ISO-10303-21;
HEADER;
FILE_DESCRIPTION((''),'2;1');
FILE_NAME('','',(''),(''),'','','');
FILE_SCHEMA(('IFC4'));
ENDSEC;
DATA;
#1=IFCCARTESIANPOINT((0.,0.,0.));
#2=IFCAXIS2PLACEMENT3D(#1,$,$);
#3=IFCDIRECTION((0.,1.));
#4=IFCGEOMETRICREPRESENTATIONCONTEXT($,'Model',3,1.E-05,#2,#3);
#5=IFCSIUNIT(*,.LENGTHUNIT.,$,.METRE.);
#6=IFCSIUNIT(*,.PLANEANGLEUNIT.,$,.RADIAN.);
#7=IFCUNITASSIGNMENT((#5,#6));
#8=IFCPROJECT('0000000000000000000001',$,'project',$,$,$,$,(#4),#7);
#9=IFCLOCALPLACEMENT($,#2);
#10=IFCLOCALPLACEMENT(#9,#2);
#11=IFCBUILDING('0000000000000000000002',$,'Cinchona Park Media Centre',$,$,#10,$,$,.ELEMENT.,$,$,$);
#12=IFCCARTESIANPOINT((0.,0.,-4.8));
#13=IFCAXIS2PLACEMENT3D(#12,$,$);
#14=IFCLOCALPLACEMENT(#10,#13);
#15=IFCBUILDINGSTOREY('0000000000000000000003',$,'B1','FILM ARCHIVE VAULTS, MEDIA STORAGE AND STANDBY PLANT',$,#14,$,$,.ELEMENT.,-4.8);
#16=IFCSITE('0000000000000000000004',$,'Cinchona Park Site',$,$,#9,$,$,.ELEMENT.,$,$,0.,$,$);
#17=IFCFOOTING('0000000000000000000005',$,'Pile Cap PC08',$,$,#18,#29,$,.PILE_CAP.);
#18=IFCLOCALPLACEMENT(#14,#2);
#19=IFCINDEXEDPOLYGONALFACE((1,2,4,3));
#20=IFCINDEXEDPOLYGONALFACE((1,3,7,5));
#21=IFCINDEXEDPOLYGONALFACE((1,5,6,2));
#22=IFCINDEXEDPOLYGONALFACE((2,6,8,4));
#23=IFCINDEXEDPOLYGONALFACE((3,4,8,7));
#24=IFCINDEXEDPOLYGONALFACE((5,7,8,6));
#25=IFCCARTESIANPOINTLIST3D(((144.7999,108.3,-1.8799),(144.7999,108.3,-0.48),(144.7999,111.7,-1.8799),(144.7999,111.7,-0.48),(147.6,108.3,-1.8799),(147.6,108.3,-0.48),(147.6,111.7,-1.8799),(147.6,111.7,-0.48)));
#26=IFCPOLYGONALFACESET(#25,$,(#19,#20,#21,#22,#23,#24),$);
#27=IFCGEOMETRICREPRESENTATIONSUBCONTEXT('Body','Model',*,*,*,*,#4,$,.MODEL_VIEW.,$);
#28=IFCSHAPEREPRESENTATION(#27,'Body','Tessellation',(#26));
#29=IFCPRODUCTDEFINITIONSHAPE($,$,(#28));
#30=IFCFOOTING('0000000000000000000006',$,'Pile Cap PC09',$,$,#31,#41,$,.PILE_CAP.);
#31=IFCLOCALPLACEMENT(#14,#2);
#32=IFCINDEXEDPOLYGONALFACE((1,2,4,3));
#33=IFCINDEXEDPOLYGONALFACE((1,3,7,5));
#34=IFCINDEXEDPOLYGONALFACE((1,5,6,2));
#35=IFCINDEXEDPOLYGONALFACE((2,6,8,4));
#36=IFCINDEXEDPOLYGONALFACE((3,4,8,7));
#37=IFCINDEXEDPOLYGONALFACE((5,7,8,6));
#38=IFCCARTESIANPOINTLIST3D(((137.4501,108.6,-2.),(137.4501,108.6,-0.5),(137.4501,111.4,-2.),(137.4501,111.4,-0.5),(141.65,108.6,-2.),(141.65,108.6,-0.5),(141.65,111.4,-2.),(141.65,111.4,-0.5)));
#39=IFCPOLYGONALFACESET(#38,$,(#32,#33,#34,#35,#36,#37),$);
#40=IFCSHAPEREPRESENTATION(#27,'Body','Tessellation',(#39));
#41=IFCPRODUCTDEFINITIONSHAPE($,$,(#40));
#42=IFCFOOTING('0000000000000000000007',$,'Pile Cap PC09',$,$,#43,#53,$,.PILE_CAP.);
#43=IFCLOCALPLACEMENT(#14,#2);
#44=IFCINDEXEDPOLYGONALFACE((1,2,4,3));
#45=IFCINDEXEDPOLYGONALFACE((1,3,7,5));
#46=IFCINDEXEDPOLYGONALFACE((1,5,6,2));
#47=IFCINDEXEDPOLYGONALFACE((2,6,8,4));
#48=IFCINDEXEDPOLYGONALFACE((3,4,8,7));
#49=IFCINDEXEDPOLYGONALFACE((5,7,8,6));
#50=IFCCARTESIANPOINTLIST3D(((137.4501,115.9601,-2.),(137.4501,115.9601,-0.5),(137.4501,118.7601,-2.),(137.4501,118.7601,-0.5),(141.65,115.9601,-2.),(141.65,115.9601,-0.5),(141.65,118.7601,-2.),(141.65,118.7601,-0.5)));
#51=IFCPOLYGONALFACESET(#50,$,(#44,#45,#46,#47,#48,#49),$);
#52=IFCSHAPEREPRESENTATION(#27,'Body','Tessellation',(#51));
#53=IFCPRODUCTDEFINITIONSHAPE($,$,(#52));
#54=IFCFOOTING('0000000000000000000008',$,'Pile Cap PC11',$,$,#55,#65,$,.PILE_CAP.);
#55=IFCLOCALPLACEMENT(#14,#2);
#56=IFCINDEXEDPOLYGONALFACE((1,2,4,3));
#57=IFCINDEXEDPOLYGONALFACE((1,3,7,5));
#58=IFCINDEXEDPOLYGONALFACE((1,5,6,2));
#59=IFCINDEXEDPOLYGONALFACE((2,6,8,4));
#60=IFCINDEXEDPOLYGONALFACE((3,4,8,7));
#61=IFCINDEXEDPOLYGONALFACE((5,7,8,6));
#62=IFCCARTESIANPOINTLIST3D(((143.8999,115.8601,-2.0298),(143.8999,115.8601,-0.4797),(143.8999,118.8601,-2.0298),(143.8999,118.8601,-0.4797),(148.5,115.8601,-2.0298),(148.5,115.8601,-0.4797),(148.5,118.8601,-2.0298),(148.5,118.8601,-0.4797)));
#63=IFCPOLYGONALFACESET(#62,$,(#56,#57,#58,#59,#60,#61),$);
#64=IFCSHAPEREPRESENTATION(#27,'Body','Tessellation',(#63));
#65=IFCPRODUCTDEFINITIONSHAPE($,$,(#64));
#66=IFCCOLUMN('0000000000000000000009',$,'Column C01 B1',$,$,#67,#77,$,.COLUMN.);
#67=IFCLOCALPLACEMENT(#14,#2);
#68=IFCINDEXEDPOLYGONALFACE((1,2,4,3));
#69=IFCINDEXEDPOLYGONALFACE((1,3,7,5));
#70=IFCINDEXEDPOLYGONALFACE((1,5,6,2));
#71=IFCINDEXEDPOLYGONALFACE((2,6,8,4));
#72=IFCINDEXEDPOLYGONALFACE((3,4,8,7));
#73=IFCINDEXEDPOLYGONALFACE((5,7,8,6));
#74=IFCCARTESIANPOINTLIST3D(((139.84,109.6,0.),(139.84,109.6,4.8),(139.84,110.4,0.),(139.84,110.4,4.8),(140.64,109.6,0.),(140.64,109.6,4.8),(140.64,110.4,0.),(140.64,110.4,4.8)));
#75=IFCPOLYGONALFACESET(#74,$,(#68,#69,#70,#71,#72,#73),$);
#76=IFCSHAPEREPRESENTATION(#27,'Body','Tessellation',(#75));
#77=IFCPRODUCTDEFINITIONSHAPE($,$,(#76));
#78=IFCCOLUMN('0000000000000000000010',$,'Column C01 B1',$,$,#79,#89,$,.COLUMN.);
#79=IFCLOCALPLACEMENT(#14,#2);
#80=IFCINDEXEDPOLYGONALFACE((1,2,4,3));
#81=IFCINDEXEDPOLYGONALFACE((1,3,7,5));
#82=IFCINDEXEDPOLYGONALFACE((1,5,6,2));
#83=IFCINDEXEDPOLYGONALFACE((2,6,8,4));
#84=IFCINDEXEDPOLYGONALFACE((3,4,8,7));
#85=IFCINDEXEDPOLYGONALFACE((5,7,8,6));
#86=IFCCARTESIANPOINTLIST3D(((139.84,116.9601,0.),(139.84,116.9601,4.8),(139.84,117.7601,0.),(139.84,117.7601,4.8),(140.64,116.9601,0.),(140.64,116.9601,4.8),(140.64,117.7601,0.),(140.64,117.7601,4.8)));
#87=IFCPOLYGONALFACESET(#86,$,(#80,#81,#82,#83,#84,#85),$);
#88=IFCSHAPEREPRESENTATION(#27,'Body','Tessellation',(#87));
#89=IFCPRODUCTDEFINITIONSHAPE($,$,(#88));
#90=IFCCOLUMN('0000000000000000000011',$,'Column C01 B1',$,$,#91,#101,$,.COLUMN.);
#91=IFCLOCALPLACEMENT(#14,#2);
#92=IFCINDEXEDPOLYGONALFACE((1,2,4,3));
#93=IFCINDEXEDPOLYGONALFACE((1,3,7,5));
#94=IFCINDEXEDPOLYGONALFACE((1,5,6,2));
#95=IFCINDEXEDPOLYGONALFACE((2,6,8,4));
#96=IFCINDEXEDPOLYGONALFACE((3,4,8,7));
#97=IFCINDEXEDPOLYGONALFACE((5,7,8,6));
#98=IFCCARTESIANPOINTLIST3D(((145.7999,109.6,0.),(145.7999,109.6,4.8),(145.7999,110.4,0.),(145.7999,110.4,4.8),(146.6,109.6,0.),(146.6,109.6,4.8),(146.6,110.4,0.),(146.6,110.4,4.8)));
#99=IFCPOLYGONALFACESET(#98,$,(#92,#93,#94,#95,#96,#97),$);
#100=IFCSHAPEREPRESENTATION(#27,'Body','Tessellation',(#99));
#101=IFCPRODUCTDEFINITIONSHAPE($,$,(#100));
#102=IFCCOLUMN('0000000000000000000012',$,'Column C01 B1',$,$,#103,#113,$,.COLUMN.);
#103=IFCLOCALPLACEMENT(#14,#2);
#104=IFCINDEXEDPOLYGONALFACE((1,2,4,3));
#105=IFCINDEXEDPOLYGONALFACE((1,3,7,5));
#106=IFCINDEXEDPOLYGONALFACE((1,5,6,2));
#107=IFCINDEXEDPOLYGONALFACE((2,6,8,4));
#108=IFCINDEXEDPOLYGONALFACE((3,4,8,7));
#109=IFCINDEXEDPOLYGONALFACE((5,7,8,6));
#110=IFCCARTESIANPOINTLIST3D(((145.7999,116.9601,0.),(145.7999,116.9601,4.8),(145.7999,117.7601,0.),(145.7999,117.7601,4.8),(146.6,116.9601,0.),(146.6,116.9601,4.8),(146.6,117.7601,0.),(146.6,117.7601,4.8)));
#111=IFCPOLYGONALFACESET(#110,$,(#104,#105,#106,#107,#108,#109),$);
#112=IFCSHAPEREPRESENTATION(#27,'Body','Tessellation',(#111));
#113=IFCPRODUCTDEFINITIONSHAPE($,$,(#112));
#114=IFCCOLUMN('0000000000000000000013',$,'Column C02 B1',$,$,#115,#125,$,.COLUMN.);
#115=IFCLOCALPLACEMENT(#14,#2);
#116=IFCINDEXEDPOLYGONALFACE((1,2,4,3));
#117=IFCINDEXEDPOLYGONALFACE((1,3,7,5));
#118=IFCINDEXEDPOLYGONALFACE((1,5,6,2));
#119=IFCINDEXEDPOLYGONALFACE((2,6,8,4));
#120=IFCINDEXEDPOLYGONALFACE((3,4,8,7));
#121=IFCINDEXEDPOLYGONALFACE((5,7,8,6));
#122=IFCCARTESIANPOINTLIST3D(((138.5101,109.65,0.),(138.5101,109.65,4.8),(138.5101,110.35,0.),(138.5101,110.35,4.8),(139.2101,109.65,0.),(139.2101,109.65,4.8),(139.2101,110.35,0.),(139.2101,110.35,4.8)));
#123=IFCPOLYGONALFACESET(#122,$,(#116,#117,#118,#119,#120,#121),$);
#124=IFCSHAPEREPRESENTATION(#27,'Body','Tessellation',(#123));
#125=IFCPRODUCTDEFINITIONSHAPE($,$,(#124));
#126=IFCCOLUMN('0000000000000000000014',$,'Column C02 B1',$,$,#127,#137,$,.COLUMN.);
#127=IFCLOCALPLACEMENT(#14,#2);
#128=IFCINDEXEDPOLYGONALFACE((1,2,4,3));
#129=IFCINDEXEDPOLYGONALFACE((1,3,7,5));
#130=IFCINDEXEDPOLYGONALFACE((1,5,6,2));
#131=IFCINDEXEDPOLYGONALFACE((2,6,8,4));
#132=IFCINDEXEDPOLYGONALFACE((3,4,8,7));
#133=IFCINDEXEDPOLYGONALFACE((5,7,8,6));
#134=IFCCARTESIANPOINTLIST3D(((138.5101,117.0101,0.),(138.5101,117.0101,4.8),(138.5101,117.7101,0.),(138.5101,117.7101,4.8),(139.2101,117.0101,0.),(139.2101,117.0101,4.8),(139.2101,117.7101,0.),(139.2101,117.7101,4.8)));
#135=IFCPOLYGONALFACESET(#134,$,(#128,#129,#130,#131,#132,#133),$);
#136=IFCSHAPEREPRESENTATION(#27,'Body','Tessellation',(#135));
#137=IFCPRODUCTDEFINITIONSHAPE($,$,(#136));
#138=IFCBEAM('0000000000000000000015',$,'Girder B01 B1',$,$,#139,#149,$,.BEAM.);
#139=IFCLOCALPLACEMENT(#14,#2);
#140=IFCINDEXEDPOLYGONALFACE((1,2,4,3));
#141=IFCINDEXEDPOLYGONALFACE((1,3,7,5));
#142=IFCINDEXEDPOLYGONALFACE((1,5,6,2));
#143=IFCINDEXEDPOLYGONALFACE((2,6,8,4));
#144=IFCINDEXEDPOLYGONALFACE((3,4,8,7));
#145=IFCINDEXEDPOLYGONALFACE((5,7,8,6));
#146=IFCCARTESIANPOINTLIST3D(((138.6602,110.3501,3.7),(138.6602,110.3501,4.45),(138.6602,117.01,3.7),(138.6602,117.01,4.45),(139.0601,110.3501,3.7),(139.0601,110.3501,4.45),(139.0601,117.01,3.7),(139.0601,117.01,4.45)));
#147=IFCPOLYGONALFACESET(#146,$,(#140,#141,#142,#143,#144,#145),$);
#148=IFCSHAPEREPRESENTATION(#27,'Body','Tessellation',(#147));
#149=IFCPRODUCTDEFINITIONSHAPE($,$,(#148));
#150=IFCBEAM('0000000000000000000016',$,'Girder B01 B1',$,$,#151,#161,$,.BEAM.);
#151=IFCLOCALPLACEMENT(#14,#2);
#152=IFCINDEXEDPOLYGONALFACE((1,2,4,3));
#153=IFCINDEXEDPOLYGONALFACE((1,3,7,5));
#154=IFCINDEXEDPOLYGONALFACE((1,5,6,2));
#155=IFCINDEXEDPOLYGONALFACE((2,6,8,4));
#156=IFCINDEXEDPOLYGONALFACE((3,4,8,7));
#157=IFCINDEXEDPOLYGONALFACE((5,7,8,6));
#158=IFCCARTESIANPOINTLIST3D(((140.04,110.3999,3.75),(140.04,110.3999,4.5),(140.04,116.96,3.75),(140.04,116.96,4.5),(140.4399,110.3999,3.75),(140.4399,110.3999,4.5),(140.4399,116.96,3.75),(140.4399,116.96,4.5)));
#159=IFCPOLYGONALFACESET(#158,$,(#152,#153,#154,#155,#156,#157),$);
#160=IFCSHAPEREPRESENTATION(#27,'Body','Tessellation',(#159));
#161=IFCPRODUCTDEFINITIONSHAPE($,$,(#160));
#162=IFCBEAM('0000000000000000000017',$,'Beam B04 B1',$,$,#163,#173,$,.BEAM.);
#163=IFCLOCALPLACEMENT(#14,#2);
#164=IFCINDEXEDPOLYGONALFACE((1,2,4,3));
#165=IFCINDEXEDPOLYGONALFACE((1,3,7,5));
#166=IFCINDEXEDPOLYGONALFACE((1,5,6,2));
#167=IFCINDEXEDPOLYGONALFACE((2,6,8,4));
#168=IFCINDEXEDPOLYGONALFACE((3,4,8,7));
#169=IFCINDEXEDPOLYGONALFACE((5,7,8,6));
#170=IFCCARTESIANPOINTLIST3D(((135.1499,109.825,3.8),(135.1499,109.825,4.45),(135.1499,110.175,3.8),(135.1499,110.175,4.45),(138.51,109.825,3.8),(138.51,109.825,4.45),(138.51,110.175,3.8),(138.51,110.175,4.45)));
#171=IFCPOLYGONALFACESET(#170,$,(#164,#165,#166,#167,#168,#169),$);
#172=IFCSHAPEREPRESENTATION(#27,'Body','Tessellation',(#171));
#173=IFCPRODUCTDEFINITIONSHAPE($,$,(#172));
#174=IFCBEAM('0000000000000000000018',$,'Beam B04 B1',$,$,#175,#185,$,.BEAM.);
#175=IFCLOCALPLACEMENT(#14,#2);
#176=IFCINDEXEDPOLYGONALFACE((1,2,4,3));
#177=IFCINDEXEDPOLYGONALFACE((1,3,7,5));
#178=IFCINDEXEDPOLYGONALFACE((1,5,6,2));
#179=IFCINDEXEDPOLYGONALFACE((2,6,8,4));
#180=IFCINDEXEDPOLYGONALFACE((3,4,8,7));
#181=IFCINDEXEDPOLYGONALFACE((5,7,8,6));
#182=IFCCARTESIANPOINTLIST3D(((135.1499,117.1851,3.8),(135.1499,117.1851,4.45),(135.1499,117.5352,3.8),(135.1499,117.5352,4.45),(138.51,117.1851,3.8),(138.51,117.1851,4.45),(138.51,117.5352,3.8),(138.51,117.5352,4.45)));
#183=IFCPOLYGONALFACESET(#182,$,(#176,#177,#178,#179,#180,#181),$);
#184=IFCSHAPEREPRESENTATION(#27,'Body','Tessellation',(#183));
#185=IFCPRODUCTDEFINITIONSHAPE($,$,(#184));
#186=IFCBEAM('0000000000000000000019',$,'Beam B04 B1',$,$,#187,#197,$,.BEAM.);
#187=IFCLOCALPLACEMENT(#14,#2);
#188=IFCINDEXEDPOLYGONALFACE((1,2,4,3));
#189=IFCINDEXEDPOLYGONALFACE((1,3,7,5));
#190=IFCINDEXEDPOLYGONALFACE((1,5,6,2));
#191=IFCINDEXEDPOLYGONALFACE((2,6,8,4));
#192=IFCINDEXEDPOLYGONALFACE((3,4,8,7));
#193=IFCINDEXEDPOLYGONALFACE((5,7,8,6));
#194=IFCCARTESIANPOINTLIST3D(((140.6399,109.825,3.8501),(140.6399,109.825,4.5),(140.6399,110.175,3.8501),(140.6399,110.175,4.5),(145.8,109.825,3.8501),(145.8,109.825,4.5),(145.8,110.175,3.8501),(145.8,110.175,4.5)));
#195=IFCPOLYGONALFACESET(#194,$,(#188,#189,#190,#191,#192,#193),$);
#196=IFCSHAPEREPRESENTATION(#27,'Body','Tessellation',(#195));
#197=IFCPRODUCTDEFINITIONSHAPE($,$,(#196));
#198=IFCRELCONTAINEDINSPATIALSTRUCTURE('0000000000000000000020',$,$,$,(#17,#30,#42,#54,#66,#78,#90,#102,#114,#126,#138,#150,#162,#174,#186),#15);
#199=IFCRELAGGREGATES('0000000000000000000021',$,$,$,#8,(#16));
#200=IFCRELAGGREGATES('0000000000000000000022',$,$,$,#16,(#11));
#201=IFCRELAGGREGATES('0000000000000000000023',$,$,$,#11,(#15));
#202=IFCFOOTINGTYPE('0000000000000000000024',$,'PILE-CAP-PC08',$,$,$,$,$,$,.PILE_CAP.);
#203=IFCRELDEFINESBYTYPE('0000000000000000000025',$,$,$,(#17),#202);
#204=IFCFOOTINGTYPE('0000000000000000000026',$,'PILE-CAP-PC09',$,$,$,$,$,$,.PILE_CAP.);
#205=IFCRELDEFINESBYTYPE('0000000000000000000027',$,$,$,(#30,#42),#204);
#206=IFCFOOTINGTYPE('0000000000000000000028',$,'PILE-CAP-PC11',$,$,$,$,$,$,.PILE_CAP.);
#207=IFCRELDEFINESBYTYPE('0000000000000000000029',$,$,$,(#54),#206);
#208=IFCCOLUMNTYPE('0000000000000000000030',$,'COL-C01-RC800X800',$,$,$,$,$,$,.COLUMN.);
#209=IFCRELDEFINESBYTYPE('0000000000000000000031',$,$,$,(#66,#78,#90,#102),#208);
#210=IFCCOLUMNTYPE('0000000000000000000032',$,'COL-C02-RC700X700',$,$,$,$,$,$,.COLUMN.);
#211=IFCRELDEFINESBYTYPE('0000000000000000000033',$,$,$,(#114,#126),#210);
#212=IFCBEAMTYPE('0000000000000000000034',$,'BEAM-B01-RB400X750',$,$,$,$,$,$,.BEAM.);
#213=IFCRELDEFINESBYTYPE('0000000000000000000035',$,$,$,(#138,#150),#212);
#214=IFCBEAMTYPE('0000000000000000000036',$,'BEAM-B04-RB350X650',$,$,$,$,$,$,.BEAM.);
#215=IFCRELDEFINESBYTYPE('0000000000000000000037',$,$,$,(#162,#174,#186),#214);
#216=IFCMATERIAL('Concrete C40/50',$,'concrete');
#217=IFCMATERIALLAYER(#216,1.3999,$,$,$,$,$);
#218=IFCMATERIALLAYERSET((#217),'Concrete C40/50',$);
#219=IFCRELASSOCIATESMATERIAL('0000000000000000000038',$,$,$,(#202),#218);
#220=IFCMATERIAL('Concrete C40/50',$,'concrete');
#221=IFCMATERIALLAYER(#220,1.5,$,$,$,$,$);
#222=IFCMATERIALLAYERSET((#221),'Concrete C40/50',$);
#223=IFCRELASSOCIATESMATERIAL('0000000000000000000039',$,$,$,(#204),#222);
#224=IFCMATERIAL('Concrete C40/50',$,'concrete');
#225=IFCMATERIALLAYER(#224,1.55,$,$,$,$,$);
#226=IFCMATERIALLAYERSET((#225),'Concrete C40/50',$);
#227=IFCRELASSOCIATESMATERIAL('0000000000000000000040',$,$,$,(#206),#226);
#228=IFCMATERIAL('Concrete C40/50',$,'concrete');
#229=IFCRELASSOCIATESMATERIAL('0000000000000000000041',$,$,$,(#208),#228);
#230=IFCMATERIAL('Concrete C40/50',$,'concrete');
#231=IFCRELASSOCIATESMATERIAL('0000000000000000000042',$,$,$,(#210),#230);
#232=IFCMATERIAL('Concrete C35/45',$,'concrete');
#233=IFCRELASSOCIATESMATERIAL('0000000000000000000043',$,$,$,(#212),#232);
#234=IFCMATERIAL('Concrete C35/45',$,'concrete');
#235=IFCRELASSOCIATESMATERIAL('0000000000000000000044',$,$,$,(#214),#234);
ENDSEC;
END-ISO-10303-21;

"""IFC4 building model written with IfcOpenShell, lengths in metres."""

from ifc_helpers import new_model, si_unit, direction, frame, origin, origin_2d, place, context, subcontext, project, spatial, rectangle, extrude, material, layer, layer_set, material_profile, profile_set, type_object, element, save


model = new_model("IFC4")

# Units and contexts
model_context = context("Model", 3, precision=1e-05, world=origin(), true_north=direction((0.0, 1.0)))
body_context = subcontext(model_context, "Body", "Model", "MODEL_VIEW")
ifc_project = project(units=[si_unit("LENGTHUNIT", "METRE"), si_unit("PLANEANGLEUNIT", "RADIAN")], contexts=[model_context])

# Site, building, storey
site_placement = place(None, origin())
site = spatial("IfcSite", under=ifc_project, at=site_placement, Name="Cinchona Park Site", CompositionType="ELEMENT", RefElevation=0.0)
building_placement = place(site_placement, origin())
building = spatial("IfcBuilding", under=site, at=building_placement, Name="Cinchona Park Media Centre", CompositionType="ELEMENT")
storey_placement = place(building_placement, frame((0.0, 0.0, -4.8)))
storey = spatial("IfcBuildingStorey", under=building, at=storey_placement, Name="B1", Description="FILM ARCHIVE VAULTS, MEDIA STORAGE AND STANDBY PLANT", CompositionType="ELEMENT", Elevation=-4.8)

# Footings
ifc_material_1 = material(Name="Concrete C40/50", Category="concrete")
ifc_layer_1 = layer(ifc_material_1, 1.3999)
ifc_layer_set_1 = layer_set([ifc_layer_1], Name="Concrete C40/50")
footing_type_1 = type_object("IfcFootingType", Name="PILE-CAP-PC08", PredefinedType="PILE_CAP", material=ifc_layer_set_1)
footing_1_placement = place(storey_placement, frame((146.2, 110.0, -1.8799), z_axis=(0.0, 0.0, 1.0), x_axis=(1.0, 0.0, 0.0)))
element("IfcFooting", 1, at=footing_1_placement, inside=storey, type_object=footing_type_1, Name="Pile Cap PC08", PredefinedType="PILE_CAP", context=body_context, shape_type="SweptSolid", body=[
    extrude(rectangle(XDim=2.8, YDim=3.3999, at=origin_2d()), origin(), (0.0, 0.0, 1.0), 1.3999),
])
ifc_material_2 = material(Name="Concrete C40/50", Category="concrete")
ifc_layer_2 = layer(ifc_material_2, 1.5)
ifc_layer_set_2 = layer_set([ifc_layer_2], Name="Concrete C40/50")
footing_type_2 = type_object("IfcFootingType", Name="PILE-CAP-PC09", PredefinedType="PILE_CAP", material=ifc_layer_set_2)
for number, where, z_axis, x_axis, name in (
    (2, (139.55, 110.0, -2.0), (0.0, 0.0, 1.0), (1.0, 0.0, 0.0), "Pile Cap PC09"),
    (3, (139.55, 117.3601, -2.0), (0.0, 0.0, 1.0), (1.0, 0.0, 0.0), "Pile Cap PC09"),
):
    element("IfcFooting", number, at=place(storey_placement, frame(where, z_axis=z_axis, x_axis=x_axis)), inside=storey, type_object=footing_type_2, Name=name, PredefinedType="PILE_CAP", context=body_context, shape_type="SweptSolid", body=[
        extrude(rectangle(XDim=4.2, YDim=2.8, at=origin_2d()), origin(), (0.0, 0.0, 1.0), 1.5),
    ])
ifc_material_3 = material(Name="Concrete C40/50", Category="concrete")
ifc_layer_3 = layer(ifc_material_3, 1.55)
ifc_layer_set_3 = layer_set([ifc_layer_3], Name="Concrete C40/50")
footing_type_3 = type_object("IfcFootingType", Name="PILE-CAP-PC11", PredefinedType="PILE_CAP", material=ifc_layer_set_3)
footing_2_placement = place(storey_placement, frame((146.2, 117.3601, -2.0298), z_axis=(0.0, 0.0, 1.0), x_axis=(1.0, 0.0, 0.0)))
element("IfcFooting", 4, at=footing_2_placement, inside=storey, type_object=footing_type_3, Name="Pile Cap PC11", PredefinedType="PILE_CAP", context=body_context, shape_type="SweptSolid", body=[
    extrude(rectangle(XDim=4.6001, YDim=3.0, at=origin_2d()), origin(), (0.0, 0.0, 1.0), 1.55),
])

# Columns
ifc_material_4 = material(Name="Concrete C40/50", Category="concrete")
ifc_material_profile_1 = material_profile(ifc_material_4, rectangle(XDim=0.8, YDim=0.8, at=origin_2d()), Name="RC 800X800")
ifc_profile_set_1 = profile_set([ifc_material_profile_1], Name="Concrete C40/50")
column_type_1 = type_object("IfcColumnType", Name="COL-C01-RC800X800", PredefinedType="COLUMN", material=ifc_profile_set_1)
for number, where, z_axis, x_axis, name in (
    (5, (140.24, 110.0, 0.0), (0.0, 0.0, 1.0), (1.0, 0.0, 0.0), "Column C01 B1"),
    (6, (140.24, 117.3601, 0.0), (0.0, 0.0, 1.0), (1.0, 0.0, 0.0), "Column C01 B1"),
    (7, (146.2, 110.0, 0.0), (0.0, 0.0, 1.0), (1.0, 0.0, 0.0), "Column C01 B1"),
    (8, (146.2, 117.3601, 0.0), (0.0, 0.0, 1.0), (1.0, 0.0, 0.0), "Column C01 B1"),
):
    element("IfcColumn", number, at=place(storey_placement, frame(where, z_axis=z_axis, x_axis=x_axis)), inside=storey, type_object=column_type_1, Name=name, PredefinedType="COLUMN", context=body_context, shape_type="SweptSolid", body=[
        extrude(rectangle(XDim=0.8, YDim=0.8, at=origin_2d()), origin(), (0.0, 0.0, 1.0), 4.8),
    ])
ifc_material_5 = material(Name="Concrete C40/50", Category="concrete")
ifc_material_profile_2 = material_profile(ifc_material_5, rectangle(XDim=0.7, YDim=0.7, at=origin_2d()), Name="RC 700X700")
ifc_profile_set_2 = profile_set([ifc_material_profile_2], Name="Concrete C40/50")
column_type_2 = type_object("IfcColumnType", Name="COL-C02-RC700X700", PredefinedType="COLUMN", material=ifc_profile_set_2)
for number, where, z_axis, x_axis, name in (
    (9, (138.8601, 110.0, 0.0), (0.0, 0.0, 1.0), (1.0, 0.0, 0.0), "Column C02 B1"),
    (10, (138.8601, 117.3601, 0.0), (0.0, 0.0, 1.0), (1.0, 0.0, 0.0), "Column C02 B1"),
):
    element("IfcColumn", number, at=place(storey_placement, frame(where, z_axis=z_axis, x_axis=x_axis)), inside=storey, type_object=column_type_2, Name=name, PredefinedType="COLUMN", context=body_context, shape_type="SweptSolid", body=[
        extrude(rectangle(XDim=0.7, YDim=0.7, at=origin_2d()), origin(), (0.0, 0.0, 1.0), 4.8),
    ])

# Beams
ifc_material_6 = material(Name="Concrete C35/45", Category="concrete")
ifc_material_profile_3 = material_profile(ifc_material_6, rectangle(XDim=0.3999, YDim=0.75, at=origin_2d()), Name="RB 400X750")
ifc_profile_set_3 = profile_set([ifc_material_profile_3], Name="Concrete C35/45")
beam_type_1 = type_object("IfcBeamType", Name="BEAM-B01-RB400X750", PredefinedType="BEAM", material=ifc_profile_set_3)
beam_1_placement = place(storey_placement, frame((138.8601, 110.3501, 4.075), z_axis=(0.0, 1.0, 0.0), x_axis=(-1.0, 0.0, 0.0)))
element("IfcBeam", 11, at=beam_1_placement, inside=storey, type_object=beam_type_1, Name="Girder B01 B1", PredefinedType="BEAM", context=body_context, shape_type="SweptSolid", body=[
    extrude(rectangle(XDim=0.3999, YDim=0.75, at=origin_2d()), origin(), (0.0, 0.0, 1.0), 6.6599),
])
beam_2_placement = place(storey_placement, frame((140.24, 110.3999, 4.125), z_axis=(0.0, 1.0, 0.0), x_axis=(-1.0, 0.0, 0.0)))
element("IfcBeam", 12, at=beam_2_placement, inside=storey, type_object=beam_type_1, Name="Girder B01 B1", PredefinedType="BEAM", context=body_context, shape_type="SweptSolid", body=[
    extrude(rectangle(XDim=0.3999, YDim=0.75, at=origin_2d()), origin(), (0.0, 0.0, 1.0), 6.5601),
])
ifc_material_7 = material(Name="Concrete C35/45", Category="concrete")
ifc_material_profile_4 = material_profile(ifc_material_7, rectangle(XDim=0.3501, YDim=0.6499, at=origin_2d()), Name="RB 350X650")
ifc_profile_set_4 = profile_set([ifc_material_profile_4], Name="Concrete C35/45")
beam_type_2 = type_object("IfcBeamType", Name="BEAM-B04-RB350X650", PredefinedType="BEAM", material=ifc_profile_set_4)
for number, where, z_axis, x_axis, name in (
    (13, (135.1499, 110.0, 4.125), (1.0, 0.0, 0.0), (0.0, 1.0, 0.0), "Beam B04 B1"),
    (14, (135.1499, 117.3601, 4.125), (1.0, 0.0, 0.0), (0.0, 1.0, 0.0), "Beam B04 B1"),
):
    element("IfcBeam", number, at=place(storey_placement, frame(where, z_axis=z_axis, x_axis=x_axis)), inside=storey, type_object=beam_type_2, Name=name, PredefinedType="BEAM", context=body_context, shape_type="SweptSolid", body=[
        extrude(rectangle(XDim=0.3501, YDim=0.6499, at=origin_2d()), origin(), (0.0, 0.0, 1.0), 3.3601),
    ])
for number, where, z_axis, x_axis, name in (
    (15, (140.6399, 110.0, 4.175), (1.0, 0.0, 0.0), (0.0, 1.0, 0.0), "Beam B04 B1"),
):
    element("IfcBeam", number, at=place(storey_placement, frame(where, z_axis=z_axis, x_axis=x_axis)), inside=storey, type_object=beam_type_2, Name=name, PredefinedType="BEAM", context=body_context, shape_type="SweptSolid", body=[
        extrude(rectangle(XDim=0.3501, YDim=0.6499, at=origin_2d()), origin(), (0.0, 0.0, 1.0), 5.1602),
    ])

save(model, "model.ifc")
